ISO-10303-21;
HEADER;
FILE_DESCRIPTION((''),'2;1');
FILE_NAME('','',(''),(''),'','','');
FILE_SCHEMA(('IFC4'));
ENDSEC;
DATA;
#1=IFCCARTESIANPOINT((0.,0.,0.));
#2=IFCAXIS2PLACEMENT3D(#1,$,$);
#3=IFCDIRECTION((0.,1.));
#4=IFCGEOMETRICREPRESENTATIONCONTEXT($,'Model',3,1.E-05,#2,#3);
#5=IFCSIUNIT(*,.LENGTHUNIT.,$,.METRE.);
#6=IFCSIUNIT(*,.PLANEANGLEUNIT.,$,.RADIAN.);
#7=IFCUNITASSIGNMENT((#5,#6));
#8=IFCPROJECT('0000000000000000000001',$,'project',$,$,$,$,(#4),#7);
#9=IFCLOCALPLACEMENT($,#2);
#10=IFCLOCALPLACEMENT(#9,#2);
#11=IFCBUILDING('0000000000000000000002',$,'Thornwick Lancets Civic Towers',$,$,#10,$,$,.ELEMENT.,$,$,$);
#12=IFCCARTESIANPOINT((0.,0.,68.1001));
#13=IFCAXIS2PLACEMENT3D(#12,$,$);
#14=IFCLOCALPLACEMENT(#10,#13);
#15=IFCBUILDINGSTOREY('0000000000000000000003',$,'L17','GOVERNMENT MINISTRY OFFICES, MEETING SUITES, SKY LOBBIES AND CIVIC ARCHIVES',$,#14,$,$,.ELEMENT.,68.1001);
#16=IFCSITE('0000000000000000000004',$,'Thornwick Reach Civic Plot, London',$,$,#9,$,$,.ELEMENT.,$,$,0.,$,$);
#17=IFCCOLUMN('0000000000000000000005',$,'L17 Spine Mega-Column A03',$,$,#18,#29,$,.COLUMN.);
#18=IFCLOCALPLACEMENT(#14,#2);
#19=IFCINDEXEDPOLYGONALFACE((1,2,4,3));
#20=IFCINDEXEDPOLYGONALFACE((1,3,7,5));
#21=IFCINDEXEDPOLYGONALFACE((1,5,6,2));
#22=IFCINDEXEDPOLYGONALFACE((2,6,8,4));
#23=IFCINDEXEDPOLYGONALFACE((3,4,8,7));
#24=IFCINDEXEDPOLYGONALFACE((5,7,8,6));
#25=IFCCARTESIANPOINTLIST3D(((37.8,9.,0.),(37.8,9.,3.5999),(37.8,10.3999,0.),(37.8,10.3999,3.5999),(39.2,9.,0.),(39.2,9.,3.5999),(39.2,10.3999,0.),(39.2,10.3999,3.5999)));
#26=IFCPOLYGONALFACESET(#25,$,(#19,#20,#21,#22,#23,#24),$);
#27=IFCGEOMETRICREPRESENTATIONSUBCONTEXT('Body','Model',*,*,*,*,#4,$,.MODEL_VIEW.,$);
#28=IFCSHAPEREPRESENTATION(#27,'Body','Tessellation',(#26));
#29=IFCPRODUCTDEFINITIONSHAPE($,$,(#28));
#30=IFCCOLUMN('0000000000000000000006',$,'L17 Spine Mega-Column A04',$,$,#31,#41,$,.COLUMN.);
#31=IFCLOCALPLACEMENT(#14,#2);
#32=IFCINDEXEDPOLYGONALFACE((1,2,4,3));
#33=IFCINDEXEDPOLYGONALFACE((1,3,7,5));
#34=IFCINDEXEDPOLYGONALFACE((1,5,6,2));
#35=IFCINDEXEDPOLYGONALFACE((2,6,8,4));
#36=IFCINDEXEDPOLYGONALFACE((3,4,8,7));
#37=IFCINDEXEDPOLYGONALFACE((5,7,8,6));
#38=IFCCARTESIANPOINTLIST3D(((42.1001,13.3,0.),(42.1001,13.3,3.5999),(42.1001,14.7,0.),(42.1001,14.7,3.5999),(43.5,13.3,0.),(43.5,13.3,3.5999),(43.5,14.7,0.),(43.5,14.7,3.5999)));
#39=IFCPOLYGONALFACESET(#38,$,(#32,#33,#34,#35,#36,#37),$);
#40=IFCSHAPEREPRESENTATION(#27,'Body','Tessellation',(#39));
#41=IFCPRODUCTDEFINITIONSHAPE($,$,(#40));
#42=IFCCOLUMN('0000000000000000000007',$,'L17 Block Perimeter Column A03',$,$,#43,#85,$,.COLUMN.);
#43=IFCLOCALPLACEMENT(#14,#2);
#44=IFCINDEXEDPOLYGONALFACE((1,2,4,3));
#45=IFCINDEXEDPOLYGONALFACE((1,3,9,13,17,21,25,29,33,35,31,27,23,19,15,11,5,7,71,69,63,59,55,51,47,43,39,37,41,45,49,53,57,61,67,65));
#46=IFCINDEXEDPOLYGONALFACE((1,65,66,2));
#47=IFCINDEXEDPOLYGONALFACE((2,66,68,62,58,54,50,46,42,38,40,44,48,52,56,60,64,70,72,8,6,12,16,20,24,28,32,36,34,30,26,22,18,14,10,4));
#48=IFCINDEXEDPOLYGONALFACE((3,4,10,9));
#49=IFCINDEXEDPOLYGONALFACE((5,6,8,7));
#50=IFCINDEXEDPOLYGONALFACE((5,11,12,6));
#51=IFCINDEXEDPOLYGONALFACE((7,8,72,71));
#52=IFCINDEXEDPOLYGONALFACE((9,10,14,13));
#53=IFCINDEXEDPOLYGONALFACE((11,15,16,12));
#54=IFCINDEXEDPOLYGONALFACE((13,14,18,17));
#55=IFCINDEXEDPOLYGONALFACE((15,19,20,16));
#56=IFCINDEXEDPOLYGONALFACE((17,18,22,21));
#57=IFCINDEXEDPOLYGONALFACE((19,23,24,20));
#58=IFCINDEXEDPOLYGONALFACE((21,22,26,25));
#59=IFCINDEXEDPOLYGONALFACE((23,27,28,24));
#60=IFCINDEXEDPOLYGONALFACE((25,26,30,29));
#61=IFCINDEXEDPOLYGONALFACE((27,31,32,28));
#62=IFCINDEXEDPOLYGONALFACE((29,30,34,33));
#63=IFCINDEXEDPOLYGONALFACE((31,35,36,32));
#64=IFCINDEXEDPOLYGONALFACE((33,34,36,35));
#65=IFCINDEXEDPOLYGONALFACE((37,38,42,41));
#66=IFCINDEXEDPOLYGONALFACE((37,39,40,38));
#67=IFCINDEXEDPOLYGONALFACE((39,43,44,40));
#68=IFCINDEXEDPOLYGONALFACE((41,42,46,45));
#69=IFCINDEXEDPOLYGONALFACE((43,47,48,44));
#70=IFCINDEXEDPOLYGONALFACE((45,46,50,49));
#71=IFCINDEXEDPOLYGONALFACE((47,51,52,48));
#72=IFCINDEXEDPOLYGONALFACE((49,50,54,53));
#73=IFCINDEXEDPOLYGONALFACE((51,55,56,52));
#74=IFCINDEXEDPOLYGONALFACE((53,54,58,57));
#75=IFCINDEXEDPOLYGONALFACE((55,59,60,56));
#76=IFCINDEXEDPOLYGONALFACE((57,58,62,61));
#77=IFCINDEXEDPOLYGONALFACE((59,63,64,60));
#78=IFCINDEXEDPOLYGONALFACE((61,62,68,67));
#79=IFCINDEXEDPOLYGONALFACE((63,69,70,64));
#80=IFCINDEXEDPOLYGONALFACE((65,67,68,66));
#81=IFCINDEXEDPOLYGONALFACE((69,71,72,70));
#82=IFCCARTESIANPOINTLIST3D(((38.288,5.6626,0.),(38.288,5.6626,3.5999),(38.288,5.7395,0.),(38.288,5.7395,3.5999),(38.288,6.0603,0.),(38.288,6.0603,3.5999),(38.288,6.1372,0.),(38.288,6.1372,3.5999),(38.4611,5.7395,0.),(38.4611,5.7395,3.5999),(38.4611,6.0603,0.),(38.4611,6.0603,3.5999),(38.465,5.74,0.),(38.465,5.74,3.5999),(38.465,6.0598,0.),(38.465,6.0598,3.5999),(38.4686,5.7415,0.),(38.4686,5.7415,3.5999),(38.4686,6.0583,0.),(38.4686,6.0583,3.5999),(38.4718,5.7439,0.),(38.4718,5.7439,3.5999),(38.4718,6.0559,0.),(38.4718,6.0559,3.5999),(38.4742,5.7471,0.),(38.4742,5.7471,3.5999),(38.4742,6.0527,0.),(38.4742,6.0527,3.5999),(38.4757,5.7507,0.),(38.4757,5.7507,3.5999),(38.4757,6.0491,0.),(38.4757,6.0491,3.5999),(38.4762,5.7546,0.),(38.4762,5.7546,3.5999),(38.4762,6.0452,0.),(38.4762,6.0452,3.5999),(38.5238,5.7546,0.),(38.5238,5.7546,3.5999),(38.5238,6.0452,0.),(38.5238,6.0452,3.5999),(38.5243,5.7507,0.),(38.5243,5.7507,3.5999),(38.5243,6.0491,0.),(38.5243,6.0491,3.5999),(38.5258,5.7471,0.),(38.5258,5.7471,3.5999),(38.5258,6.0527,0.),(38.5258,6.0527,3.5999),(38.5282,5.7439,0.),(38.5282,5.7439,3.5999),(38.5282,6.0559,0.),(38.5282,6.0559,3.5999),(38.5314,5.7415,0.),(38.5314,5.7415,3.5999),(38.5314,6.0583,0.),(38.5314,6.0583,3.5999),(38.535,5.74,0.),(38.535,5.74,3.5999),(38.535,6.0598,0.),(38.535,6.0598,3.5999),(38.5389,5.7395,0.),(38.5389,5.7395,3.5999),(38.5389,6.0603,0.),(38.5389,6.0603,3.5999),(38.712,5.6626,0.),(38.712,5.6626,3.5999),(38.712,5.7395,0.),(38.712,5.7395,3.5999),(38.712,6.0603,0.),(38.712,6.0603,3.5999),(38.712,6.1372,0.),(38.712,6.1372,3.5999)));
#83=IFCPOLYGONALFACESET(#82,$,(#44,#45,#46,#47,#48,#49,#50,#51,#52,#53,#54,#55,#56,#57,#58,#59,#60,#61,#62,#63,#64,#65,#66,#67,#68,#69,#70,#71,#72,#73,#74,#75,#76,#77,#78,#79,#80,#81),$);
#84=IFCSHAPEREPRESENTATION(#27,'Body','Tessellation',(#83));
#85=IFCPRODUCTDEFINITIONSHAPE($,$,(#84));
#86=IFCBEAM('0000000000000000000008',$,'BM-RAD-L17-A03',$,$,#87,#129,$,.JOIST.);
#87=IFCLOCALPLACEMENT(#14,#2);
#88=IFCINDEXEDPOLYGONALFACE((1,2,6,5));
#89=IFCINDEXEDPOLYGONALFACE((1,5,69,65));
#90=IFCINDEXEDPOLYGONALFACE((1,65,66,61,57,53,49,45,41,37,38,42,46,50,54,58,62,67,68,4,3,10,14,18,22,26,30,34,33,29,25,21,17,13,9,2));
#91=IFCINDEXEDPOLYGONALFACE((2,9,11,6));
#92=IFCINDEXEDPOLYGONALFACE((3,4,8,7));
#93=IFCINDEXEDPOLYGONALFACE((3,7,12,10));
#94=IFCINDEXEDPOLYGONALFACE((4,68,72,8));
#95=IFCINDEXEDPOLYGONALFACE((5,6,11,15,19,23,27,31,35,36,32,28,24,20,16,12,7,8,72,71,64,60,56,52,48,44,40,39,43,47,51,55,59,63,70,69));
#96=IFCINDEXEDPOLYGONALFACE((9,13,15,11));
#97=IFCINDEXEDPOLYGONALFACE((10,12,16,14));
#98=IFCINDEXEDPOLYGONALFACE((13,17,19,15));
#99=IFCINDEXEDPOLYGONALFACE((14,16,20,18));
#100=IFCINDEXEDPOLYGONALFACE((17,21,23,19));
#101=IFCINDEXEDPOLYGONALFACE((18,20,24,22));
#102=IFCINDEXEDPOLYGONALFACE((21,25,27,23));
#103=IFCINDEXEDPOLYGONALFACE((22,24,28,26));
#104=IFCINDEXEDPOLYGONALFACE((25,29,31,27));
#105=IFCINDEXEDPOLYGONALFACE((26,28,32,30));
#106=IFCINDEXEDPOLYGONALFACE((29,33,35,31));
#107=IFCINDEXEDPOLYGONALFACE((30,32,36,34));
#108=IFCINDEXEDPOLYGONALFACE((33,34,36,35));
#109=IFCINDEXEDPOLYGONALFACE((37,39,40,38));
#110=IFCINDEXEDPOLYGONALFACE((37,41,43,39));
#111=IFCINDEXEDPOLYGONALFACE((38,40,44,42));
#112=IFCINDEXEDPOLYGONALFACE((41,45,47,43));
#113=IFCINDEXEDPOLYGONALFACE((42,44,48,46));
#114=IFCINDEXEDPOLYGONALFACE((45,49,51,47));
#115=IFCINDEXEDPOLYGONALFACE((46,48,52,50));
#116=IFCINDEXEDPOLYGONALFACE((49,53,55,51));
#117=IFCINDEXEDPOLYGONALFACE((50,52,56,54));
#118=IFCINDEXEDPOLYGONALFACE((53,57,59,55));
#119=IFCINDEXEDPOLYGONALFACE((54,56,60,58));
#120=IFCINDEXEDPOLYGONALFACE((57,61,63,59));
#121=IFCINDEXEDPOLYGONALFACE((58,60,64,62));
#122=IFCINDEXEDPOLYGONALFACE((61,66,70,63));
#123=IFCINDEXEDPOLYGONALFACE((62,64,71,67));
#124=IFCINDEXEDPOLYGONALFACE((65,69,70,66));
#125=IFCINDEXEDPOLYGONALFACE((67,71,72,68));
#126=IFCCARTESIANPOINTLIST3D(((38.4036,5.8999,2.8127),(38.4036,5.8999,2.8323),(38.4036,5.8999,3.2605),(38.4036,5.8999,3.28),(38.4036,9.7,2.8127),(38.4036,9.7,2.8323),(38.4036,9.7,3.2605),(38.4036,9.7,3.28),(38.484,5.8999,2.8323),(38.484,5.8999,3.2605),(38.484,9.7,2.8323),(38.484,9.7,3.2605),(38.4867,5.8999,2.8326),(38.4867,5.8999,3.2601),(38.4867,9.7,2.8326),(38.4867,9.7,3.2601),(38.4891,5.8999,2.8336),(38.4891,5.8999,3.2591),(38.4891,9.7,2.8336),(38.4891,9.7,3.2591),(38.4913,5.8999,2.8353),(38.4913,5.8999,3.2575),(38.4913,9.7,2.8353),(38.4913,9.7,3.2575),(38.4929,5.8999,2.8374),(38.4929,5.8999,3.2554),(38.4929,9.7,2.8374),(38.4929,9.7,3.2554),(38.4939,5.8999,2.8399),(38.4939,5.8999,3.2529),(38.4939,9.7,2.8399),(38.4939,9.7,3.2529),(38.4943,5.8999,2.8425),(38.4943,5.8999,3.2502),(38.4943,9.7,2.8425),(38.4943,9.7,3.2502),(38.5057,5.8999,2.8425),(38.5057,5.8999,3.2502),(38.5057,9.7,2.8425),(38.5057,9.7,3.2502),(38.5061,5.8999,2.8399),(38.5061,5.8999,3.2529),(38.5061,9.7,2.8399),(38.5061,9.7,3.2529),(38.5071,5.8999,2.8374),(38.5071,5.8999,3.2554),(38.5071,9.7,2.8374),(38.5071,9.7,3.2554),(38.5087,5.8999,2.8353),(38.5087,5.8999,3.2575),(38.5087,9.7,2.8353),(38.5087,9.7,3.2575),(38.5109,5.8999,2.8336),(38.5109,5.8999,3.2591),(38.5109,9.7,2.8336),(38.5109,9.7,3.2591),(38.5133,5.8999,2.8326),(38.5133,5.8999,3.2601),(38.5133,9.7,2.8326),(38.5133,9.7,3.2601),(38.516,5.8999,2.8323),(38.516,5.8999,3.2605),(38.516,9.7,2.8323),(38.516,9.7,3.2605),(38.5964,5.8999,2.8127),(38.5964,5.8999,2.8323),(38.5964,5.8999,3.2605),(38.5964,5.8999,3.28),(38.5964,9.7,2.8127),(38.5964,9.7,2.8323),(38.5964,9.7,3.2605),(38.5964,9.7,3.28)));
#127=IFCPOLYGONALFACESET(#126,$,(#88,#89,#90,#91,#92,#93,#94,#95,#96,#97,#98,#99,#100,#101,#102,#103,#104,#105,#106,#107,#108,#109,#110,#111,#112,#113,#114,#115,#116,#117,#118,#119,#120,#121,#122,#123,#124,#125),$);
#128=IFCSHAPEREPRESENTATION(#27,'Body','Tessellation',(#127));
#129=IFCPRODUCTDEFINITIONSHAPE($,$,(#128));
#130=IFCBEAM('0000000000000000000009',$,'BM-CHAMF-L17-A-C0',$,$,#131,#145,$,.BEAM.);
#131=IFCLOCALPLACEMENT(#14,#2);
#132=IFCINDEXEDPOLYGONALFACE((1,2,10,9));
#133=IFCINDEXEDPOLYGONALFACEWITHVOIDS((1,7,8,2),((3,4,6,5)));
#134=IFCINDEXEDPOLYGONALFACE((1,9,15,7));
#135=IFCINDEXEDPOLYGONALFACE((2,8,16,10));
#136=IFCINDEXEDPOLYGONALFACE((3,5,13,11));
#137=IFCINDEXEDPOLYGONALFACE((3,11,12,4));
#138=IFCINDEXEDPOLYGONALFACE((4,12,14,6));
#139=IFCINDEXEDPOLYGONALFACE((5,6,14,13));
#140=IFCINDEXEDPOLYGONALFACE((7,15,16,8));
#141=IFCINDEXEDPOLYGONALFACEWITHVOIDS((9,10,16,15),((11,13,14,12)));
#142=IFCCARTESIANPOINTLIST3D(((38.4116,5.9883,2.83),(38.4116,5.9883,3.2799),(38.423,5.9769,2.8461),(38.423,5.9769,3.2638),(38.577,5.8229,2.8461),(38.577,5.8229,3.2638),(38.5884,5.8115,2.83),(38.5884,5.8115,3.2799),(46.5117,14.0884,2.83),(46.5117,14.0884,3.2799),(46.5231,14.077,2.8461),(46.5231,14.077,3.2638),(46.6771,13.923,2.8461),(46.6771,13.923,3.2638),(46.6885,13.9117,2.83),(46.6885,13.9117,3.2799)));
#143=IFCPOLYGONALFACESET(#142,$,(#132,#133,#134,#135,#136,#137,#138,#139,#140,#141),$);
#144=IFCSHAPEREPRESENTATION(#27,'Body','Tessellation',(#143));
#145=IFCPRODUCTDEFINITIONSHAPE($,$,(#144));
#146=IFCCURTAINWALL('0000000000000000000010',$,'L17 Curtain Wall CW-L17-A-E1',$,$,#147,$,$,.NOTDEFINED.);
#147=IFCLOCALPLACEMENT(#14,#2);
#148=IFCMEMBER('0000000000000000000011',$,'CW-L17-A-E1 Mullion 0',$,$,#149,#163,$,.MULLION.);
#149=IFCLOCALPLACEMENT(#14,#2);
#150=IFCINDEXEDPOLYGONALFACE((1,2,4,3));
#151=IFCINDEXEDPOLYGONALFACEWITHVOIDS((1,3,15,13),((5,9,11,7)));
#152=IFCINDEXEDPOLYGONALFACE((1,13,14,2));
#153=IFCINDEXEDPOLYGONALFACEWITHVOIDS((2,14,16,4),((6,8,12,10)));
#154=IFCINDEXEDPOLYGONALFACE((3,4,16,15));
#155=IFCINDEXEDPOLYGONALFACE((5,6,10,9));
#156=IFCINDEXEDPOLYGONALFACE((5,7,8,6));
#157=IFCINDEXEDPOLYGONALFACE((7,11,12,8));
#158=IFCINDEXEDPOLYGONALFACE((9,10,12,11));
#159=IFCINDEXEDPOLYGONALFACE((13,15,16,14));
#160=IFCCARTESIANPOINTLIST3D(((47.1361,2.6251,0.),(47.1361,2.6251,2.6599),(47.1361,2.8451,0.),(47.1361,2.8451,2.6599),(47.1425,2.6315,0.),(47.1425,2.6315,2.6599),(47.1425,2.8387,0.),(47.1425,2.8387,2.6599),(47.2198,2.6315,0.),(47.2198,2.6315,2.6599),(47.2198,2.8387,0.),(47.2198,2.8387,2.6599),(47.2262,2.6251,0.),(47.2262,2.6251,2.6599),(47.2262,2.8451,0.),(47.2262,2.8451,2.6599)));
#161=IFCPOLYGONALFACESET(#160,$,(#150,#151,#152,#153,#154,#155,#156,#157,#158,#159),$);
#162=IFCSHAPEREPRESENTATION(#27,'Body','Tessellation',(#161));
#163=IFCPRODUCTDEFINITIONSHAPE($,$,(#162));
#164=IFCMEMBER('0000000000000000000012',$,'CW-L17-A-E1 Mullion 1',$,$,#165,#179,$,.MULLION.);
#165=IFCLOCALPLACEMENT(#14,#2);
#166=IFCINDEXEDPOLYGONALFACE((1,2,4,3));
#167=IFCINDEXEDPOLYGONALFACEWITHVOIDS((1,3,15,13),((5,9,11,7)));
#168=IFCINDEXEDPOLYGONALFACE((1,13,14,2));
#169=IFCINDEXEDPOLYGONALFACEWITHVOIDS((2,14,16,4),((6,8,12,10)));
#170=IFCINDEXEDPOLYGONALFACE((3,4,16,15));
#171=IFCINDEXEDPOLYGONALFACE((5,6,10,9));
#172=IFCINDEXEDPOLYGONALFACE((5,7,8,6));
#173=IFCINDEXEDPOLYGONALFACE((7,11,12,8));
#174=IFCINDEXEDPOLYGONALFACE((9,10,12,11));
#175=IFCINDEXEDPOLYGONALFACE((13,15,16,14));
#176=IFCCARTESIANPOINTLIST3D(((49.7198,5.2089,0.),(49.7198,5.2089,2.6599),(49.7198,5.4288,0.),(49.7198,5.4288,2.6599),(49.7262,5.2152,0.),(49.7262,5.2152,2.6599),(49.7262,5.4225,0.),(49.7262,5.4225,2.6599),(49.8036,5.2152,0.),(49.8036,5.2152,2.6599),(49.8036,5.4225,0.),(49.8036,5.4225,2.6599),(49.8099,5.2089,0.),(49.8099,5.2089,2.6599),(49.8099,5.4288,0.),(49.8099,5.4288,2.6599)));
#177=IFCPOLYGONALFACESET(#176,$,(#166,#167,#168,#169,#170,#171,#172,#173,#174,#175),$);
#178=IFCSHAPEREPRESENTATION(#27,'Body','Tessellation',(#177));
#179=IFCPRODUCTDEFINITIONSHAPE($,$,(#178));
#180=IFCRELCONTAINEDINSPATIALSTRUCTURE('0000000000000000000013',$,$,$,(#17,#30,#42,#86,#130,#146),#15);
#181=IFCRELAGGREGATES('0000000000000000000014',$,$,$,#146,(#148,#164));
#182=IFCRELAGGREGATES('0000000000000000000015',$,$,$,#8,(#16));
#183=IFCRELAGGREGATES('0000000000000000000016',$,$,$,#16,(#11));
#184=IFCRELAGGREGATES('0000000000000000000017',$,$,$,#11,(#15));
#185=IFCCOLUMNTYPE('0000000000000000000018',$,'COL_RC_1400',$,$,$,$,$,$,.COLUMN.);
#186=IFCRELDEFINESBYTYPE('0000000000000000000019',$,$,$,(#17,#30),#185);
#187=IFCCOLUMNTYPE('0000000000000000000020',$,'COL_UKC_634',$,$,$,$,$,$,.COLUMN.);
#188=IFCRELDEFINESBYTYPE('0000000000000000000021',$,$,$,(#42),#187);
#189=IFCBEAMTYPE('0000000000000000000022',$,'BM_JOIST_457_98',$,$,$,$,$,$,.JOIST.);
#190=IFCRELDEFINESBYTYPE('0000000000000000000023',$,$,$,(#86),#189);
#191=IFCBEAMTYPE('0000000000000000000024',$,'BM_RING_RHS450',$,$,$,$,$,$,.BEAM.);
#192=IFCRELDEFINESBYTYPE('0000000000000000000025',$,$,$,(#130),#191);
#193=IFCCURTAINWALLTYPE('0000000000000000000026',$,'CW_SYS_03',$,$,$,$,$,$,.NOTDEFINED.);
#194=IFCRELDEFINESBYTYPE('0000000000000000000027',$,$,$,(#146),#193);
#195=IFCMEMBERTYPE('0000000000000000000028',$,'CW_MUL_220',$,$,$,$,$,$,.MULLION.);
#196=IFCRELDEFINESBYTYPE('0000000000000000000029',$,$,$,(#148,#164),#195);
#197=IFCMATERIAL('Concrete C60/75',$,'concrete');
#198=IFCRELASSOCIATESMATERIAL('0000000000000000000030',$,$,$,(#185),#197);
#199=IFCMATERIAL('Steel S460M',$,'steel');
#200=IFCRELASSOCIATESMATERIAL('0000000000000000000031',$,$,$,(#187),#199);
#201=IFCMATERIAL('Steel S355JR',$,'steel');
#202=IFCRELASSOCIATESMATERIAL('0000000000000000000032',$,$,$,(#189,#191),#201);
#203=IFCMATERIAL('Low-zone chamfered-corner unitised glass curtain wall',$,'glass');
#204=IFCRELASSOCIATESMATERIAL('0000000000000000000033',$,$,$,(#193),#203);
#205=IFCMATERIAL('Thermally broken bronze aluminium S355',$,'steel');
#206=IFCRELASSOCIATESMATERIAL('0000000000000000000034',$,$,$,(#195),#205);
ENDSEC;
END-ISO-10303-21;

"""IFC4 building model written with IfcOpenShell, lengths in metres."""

from ifc_helpers import new_model, si_unit, direction, frame, origin, origin_2d, place, context, subcontext, project, spatial, rectangle, hollow_rectangle, i_section, extrude, material, material_profile, profile_set, type_object, element, aggregate, save


model = new_model("IFC4")

# Units and contexts
model_context = context("Model", 3, precision=1e-05, world=origin(), true_north=direction((0.0, 1.0)))
body_context = subcontext(model_context, "Body", "Model", "MODEL_VIEW")
ifc_project = project(units=[si_unit("LENGTHUNIT", "METRE"), si_unit("PLANEANGLEUNIT", "RADIAN")], contexts=[model_context])

# Site, building, storey
site_placement = place(None, origin())
site = spatial("IfcSite", under=ifc_project, at=site_placement, Name="Thornwick Reach Civic Plot, London", CompositionType="ELEMENT", RefElevation=0.0)
building_placement = place(site_placement, origin())
building = spatial("IfcBuilding", under=site, at=building_placement, Name="Thornwick Lancets Civic Towers", CompositionType="ELEMENT")
storey_placement = place(building_placement, frame((0.0, 0.0, 68.1001)))
storey = spatial("IfcBuildingStorey", under=building, at=storey_placement, Name="L17", Description="GOVERNMENT MINISTRY OFFICES, MEETING SUITES, SKY LOBBIES AND CIVIC ARCHIVES", CompositionType="ELEMENT", Elevation=68.1001)

# Columns
ifc_material_1 = material(Name="Concrete C60/75", Category="concrete")
ifc_material_profile_1 = material_profile(ifc_material_1, rectangle(XDim=1.3999, YDim=1.3999, at=origin_2d()), Name="RC 1400x1400")
ifc_profile_set_1 = profile_set([ifc_material_profile_1], Name="Concrete C60/75")
column_type_1 = type_object("IfcColumnType", Name="COL_RC_1400", PredefinedType="COLUMN", material=ifc_profile_set_1)
for number, where, z_axis, x_axis, name in (
    (1, (38.5, 9.7, 0.0), (0.0, 0.0, 1.0), (1.0, 0.0, 0.0), "L17 Spine Mega-Column A03"),
    (2, (42.8, 14.0, 0.0), (0.0, 0.0, 1.0), (1.0, 0.0, 0.0), "L17 Spine Mega-Column A04"),
):
    element("IfcColumn", number, at=place(storey_placement, frame(where, z_axis=z_axis, x_axis=x_axis)), inside=storey, type_object=column_type_1, Name=name, PredefinedType="COLUMN", context=body_context, shape_type="SweptSolid", body=[
        extrude(rectangle(XDim=1.3999, YDim=1.3999, at=origin_2d()), origin(), (0.0, 0.0, 1.0), 3.5999),
    ])
ifc_material_2 = material(Name="Steel S460M", Category="steel")
ifc_material_profile_2 = material_profile(ifc_material_2, i_section(OverallWidth=0.4241, OverallDepth=0.4746, WebThickness=0.0476, FlangeThickness=0.0769, FilletRadius=0.0151, at=origin_2d()), Name="UKC 356x406x634")
ifc_profile_set_2 = profile_set([ifc_material_profile_2], Name="Steel S460M")
column_type_2 = type_object("IfcColumnType", Name="COL_UKC_634", PredefinedType="COLUMN", material=ifc_profile_set_2)
column_placement = place(storey_placement, frame((38.5, 5.8999, 0.0), z_axis=(0.0, 0.0, 1.0), x_axis=(1.0, 0.0, 0.0)))
element("IfcColumn", 3, at=column_placement, inside=storey, type_object=column_type_2, Name="L17 Block Perimeter Column A03", PredefinedType="COLUMN", context=body_context, shape_type="SweptSolid", body=[
    extrude(i_section(OverallWidth=0.4241, OverallDepth=0.4746, WebThickness=0.0476, FlangeThickness=0.0769, FilletRadius=0.0151, at=origin_2d()), origin(), (0.0, 0.0, 1.0), 3.5999),
])

# Beams
ifc_material_3 = material(Name="Steel S355JR", Category="steel")
ifc_material_profile_3 = material_profile(ifc_material_3, i_section(OverallWidth=0.1929, OverallDepth=0.4673, WebThickness=0.0115, FlangeThickness=0.0195, FilletRadius=0.0103, at=origin_2d()), Name="UKB 457x191x98")
ifc_profile_set_3 = profile_set([ifc_material_profile_3], Name="Steel S355JR")
beam_type_1 = type_object("IfcBeamType", Name="BM_JOIST_457_98", PredefinedType="JOIST", material=ifc_profile_set_3)
beam_1_placement = place(storey_placement, frame((38.5, 9.7, 3.0464), z_axis=(0.0, -1.0, 0.0), x_axis=(1.0, 0.0, 0.0)))
element("IfcBeam", 4, at=beam_1_placement, inside=storey, type_object=beam_type_1, Name="BM-RAD-L17-A03", PredefinedType="JOIST", context=body_context, shape_type="SweptSolid", body=[
    extrude(i_section(OverallWidth=0.1929, OverallDepth=0.4673, WebThickness=0.0115, FlangeThickness=0.0195, FilletRadius=0.0103, at=origin_2d()), origin(), (0.0, 0.0, 1.0), 3.8),
])
ifc_material_profile_4 = material_profile(ifc_material_3, hollow_rectangle(XDim=0.25, YDim=0.45, WallThickness=0.0161, at=origin_2d()), Name="RHS 450x250x16")
ifc_profile_set_4 = profile_set([ifc_material_profile_4], Name="Steel S355JR")
beam_type_2 = type_object("IfcBeamType", Name="BM_RING_RHS450", PredefinedType="BEAM", material=ifc_profile_set_4)
beam_2_placement = place(storey_placement, frame((38.5, 5.8999, 3.0549), z_axis=(0.707107, 0.707107, 0.0), x_axis=(-0.707107, 0.707107, 0.0)))
element("IfcBeam", 5, at=beam_2_placement, inside=storey, type_object=beam_type_2, Name="BM-CHAMF-L17-A-C0", PredefinedType="BEAM", context=body_context, shape_type="SweptSolid", body=[
    extrude(hollow_rectangle(XDim=0.25, YDim=0.45, WallThickness=0.0161, at=origin_2d()), origin(), (0.0, 0.0, 1.0), 11.4553),
])

# Curtain wall, members
ifc_material_4 = material(Name="Low-zone chamfered-corner unitised glass curtain wall", Category="glass")
curtain_wall_type = type_object("IfcCurtainWallType", Name="CW_SYS_03", PredefinedType="NOTDEFINED", material=ifc_material_4)
curtain_wall_placement = place(storey_placement, origin())
curtain_wall = element("IfcCurtainWall", 6, at=curtain_wall_placement, inside=storey, type_object=curtain_wall_type, Name="L17 Curtain Wall CW-L17-A-E1", PredefinedType="NOTDEFINED")
ifc_material_5 = material(Name="Thermally broken bronze aluminium S355", Category="steel")
ifc_material_profile_5 = material_profile(ifc_material_5, hollow_rectangle(XDim=0.0901, YDim=0.22, WallThickness=0.0063, at=origin_2d()), Name="RHS 220x90x6.3")
ifc_profile_set_5 = profile_set([ifc_material_profile_5], Name="Thermally broken bronze aluminium S355")
member_type_1 = type_object("IfcMemberType", Name="CW_MUL_220", PredefinedType="MULLION", material=ifc_profile_set_5)
member_1_placement = place(storey_placement, frame((47.1812, 2.7351, 0.0), z_axis=(0.0, 0.0, 1.0), x_axis=(1.0, 0.0, 0.0)))
member_1 = element("IfcMember", 7, at=member_1_placement, type_object=member_type_1, Name="CW-L17-A-E1 Mullion 0", PredefinedType="MULLION", context=body_context, shape_type="SweptSolid", body=[
    extrude(hollow_rectangle(XDim=0.0901, YDim=0.22, WallThickness=0.0063, at=origin_2d()), origin(), (0.0, 0.0, 1.0), 2.6599),
])
member_2_placement = place(storey_placement, frame((49.7649, 5.3188, 0.0), z_axis=(0.0, 0.0, 1.0), x_axis=(1.0, 0.0, 0.0)))
member_2 = element("IfcMember", 8, at=member_2_placement, type_object=member_type_1, Name="CW-L17-A-E1 Mullion 1", PredefinedType="MULLION", context=body_context, shape_type="SweptSolid", body=[
    extrude(hollow_rectangle(XDim=0.0901, YDim=0.22, WallThickness=0.0063, at=origin_2d()), origin(), (0.0, 0.0, 1.0), 2.6599),
])
aggregate(curtain_wall, [member_1, member_2])

save(model, "model.ifc")
